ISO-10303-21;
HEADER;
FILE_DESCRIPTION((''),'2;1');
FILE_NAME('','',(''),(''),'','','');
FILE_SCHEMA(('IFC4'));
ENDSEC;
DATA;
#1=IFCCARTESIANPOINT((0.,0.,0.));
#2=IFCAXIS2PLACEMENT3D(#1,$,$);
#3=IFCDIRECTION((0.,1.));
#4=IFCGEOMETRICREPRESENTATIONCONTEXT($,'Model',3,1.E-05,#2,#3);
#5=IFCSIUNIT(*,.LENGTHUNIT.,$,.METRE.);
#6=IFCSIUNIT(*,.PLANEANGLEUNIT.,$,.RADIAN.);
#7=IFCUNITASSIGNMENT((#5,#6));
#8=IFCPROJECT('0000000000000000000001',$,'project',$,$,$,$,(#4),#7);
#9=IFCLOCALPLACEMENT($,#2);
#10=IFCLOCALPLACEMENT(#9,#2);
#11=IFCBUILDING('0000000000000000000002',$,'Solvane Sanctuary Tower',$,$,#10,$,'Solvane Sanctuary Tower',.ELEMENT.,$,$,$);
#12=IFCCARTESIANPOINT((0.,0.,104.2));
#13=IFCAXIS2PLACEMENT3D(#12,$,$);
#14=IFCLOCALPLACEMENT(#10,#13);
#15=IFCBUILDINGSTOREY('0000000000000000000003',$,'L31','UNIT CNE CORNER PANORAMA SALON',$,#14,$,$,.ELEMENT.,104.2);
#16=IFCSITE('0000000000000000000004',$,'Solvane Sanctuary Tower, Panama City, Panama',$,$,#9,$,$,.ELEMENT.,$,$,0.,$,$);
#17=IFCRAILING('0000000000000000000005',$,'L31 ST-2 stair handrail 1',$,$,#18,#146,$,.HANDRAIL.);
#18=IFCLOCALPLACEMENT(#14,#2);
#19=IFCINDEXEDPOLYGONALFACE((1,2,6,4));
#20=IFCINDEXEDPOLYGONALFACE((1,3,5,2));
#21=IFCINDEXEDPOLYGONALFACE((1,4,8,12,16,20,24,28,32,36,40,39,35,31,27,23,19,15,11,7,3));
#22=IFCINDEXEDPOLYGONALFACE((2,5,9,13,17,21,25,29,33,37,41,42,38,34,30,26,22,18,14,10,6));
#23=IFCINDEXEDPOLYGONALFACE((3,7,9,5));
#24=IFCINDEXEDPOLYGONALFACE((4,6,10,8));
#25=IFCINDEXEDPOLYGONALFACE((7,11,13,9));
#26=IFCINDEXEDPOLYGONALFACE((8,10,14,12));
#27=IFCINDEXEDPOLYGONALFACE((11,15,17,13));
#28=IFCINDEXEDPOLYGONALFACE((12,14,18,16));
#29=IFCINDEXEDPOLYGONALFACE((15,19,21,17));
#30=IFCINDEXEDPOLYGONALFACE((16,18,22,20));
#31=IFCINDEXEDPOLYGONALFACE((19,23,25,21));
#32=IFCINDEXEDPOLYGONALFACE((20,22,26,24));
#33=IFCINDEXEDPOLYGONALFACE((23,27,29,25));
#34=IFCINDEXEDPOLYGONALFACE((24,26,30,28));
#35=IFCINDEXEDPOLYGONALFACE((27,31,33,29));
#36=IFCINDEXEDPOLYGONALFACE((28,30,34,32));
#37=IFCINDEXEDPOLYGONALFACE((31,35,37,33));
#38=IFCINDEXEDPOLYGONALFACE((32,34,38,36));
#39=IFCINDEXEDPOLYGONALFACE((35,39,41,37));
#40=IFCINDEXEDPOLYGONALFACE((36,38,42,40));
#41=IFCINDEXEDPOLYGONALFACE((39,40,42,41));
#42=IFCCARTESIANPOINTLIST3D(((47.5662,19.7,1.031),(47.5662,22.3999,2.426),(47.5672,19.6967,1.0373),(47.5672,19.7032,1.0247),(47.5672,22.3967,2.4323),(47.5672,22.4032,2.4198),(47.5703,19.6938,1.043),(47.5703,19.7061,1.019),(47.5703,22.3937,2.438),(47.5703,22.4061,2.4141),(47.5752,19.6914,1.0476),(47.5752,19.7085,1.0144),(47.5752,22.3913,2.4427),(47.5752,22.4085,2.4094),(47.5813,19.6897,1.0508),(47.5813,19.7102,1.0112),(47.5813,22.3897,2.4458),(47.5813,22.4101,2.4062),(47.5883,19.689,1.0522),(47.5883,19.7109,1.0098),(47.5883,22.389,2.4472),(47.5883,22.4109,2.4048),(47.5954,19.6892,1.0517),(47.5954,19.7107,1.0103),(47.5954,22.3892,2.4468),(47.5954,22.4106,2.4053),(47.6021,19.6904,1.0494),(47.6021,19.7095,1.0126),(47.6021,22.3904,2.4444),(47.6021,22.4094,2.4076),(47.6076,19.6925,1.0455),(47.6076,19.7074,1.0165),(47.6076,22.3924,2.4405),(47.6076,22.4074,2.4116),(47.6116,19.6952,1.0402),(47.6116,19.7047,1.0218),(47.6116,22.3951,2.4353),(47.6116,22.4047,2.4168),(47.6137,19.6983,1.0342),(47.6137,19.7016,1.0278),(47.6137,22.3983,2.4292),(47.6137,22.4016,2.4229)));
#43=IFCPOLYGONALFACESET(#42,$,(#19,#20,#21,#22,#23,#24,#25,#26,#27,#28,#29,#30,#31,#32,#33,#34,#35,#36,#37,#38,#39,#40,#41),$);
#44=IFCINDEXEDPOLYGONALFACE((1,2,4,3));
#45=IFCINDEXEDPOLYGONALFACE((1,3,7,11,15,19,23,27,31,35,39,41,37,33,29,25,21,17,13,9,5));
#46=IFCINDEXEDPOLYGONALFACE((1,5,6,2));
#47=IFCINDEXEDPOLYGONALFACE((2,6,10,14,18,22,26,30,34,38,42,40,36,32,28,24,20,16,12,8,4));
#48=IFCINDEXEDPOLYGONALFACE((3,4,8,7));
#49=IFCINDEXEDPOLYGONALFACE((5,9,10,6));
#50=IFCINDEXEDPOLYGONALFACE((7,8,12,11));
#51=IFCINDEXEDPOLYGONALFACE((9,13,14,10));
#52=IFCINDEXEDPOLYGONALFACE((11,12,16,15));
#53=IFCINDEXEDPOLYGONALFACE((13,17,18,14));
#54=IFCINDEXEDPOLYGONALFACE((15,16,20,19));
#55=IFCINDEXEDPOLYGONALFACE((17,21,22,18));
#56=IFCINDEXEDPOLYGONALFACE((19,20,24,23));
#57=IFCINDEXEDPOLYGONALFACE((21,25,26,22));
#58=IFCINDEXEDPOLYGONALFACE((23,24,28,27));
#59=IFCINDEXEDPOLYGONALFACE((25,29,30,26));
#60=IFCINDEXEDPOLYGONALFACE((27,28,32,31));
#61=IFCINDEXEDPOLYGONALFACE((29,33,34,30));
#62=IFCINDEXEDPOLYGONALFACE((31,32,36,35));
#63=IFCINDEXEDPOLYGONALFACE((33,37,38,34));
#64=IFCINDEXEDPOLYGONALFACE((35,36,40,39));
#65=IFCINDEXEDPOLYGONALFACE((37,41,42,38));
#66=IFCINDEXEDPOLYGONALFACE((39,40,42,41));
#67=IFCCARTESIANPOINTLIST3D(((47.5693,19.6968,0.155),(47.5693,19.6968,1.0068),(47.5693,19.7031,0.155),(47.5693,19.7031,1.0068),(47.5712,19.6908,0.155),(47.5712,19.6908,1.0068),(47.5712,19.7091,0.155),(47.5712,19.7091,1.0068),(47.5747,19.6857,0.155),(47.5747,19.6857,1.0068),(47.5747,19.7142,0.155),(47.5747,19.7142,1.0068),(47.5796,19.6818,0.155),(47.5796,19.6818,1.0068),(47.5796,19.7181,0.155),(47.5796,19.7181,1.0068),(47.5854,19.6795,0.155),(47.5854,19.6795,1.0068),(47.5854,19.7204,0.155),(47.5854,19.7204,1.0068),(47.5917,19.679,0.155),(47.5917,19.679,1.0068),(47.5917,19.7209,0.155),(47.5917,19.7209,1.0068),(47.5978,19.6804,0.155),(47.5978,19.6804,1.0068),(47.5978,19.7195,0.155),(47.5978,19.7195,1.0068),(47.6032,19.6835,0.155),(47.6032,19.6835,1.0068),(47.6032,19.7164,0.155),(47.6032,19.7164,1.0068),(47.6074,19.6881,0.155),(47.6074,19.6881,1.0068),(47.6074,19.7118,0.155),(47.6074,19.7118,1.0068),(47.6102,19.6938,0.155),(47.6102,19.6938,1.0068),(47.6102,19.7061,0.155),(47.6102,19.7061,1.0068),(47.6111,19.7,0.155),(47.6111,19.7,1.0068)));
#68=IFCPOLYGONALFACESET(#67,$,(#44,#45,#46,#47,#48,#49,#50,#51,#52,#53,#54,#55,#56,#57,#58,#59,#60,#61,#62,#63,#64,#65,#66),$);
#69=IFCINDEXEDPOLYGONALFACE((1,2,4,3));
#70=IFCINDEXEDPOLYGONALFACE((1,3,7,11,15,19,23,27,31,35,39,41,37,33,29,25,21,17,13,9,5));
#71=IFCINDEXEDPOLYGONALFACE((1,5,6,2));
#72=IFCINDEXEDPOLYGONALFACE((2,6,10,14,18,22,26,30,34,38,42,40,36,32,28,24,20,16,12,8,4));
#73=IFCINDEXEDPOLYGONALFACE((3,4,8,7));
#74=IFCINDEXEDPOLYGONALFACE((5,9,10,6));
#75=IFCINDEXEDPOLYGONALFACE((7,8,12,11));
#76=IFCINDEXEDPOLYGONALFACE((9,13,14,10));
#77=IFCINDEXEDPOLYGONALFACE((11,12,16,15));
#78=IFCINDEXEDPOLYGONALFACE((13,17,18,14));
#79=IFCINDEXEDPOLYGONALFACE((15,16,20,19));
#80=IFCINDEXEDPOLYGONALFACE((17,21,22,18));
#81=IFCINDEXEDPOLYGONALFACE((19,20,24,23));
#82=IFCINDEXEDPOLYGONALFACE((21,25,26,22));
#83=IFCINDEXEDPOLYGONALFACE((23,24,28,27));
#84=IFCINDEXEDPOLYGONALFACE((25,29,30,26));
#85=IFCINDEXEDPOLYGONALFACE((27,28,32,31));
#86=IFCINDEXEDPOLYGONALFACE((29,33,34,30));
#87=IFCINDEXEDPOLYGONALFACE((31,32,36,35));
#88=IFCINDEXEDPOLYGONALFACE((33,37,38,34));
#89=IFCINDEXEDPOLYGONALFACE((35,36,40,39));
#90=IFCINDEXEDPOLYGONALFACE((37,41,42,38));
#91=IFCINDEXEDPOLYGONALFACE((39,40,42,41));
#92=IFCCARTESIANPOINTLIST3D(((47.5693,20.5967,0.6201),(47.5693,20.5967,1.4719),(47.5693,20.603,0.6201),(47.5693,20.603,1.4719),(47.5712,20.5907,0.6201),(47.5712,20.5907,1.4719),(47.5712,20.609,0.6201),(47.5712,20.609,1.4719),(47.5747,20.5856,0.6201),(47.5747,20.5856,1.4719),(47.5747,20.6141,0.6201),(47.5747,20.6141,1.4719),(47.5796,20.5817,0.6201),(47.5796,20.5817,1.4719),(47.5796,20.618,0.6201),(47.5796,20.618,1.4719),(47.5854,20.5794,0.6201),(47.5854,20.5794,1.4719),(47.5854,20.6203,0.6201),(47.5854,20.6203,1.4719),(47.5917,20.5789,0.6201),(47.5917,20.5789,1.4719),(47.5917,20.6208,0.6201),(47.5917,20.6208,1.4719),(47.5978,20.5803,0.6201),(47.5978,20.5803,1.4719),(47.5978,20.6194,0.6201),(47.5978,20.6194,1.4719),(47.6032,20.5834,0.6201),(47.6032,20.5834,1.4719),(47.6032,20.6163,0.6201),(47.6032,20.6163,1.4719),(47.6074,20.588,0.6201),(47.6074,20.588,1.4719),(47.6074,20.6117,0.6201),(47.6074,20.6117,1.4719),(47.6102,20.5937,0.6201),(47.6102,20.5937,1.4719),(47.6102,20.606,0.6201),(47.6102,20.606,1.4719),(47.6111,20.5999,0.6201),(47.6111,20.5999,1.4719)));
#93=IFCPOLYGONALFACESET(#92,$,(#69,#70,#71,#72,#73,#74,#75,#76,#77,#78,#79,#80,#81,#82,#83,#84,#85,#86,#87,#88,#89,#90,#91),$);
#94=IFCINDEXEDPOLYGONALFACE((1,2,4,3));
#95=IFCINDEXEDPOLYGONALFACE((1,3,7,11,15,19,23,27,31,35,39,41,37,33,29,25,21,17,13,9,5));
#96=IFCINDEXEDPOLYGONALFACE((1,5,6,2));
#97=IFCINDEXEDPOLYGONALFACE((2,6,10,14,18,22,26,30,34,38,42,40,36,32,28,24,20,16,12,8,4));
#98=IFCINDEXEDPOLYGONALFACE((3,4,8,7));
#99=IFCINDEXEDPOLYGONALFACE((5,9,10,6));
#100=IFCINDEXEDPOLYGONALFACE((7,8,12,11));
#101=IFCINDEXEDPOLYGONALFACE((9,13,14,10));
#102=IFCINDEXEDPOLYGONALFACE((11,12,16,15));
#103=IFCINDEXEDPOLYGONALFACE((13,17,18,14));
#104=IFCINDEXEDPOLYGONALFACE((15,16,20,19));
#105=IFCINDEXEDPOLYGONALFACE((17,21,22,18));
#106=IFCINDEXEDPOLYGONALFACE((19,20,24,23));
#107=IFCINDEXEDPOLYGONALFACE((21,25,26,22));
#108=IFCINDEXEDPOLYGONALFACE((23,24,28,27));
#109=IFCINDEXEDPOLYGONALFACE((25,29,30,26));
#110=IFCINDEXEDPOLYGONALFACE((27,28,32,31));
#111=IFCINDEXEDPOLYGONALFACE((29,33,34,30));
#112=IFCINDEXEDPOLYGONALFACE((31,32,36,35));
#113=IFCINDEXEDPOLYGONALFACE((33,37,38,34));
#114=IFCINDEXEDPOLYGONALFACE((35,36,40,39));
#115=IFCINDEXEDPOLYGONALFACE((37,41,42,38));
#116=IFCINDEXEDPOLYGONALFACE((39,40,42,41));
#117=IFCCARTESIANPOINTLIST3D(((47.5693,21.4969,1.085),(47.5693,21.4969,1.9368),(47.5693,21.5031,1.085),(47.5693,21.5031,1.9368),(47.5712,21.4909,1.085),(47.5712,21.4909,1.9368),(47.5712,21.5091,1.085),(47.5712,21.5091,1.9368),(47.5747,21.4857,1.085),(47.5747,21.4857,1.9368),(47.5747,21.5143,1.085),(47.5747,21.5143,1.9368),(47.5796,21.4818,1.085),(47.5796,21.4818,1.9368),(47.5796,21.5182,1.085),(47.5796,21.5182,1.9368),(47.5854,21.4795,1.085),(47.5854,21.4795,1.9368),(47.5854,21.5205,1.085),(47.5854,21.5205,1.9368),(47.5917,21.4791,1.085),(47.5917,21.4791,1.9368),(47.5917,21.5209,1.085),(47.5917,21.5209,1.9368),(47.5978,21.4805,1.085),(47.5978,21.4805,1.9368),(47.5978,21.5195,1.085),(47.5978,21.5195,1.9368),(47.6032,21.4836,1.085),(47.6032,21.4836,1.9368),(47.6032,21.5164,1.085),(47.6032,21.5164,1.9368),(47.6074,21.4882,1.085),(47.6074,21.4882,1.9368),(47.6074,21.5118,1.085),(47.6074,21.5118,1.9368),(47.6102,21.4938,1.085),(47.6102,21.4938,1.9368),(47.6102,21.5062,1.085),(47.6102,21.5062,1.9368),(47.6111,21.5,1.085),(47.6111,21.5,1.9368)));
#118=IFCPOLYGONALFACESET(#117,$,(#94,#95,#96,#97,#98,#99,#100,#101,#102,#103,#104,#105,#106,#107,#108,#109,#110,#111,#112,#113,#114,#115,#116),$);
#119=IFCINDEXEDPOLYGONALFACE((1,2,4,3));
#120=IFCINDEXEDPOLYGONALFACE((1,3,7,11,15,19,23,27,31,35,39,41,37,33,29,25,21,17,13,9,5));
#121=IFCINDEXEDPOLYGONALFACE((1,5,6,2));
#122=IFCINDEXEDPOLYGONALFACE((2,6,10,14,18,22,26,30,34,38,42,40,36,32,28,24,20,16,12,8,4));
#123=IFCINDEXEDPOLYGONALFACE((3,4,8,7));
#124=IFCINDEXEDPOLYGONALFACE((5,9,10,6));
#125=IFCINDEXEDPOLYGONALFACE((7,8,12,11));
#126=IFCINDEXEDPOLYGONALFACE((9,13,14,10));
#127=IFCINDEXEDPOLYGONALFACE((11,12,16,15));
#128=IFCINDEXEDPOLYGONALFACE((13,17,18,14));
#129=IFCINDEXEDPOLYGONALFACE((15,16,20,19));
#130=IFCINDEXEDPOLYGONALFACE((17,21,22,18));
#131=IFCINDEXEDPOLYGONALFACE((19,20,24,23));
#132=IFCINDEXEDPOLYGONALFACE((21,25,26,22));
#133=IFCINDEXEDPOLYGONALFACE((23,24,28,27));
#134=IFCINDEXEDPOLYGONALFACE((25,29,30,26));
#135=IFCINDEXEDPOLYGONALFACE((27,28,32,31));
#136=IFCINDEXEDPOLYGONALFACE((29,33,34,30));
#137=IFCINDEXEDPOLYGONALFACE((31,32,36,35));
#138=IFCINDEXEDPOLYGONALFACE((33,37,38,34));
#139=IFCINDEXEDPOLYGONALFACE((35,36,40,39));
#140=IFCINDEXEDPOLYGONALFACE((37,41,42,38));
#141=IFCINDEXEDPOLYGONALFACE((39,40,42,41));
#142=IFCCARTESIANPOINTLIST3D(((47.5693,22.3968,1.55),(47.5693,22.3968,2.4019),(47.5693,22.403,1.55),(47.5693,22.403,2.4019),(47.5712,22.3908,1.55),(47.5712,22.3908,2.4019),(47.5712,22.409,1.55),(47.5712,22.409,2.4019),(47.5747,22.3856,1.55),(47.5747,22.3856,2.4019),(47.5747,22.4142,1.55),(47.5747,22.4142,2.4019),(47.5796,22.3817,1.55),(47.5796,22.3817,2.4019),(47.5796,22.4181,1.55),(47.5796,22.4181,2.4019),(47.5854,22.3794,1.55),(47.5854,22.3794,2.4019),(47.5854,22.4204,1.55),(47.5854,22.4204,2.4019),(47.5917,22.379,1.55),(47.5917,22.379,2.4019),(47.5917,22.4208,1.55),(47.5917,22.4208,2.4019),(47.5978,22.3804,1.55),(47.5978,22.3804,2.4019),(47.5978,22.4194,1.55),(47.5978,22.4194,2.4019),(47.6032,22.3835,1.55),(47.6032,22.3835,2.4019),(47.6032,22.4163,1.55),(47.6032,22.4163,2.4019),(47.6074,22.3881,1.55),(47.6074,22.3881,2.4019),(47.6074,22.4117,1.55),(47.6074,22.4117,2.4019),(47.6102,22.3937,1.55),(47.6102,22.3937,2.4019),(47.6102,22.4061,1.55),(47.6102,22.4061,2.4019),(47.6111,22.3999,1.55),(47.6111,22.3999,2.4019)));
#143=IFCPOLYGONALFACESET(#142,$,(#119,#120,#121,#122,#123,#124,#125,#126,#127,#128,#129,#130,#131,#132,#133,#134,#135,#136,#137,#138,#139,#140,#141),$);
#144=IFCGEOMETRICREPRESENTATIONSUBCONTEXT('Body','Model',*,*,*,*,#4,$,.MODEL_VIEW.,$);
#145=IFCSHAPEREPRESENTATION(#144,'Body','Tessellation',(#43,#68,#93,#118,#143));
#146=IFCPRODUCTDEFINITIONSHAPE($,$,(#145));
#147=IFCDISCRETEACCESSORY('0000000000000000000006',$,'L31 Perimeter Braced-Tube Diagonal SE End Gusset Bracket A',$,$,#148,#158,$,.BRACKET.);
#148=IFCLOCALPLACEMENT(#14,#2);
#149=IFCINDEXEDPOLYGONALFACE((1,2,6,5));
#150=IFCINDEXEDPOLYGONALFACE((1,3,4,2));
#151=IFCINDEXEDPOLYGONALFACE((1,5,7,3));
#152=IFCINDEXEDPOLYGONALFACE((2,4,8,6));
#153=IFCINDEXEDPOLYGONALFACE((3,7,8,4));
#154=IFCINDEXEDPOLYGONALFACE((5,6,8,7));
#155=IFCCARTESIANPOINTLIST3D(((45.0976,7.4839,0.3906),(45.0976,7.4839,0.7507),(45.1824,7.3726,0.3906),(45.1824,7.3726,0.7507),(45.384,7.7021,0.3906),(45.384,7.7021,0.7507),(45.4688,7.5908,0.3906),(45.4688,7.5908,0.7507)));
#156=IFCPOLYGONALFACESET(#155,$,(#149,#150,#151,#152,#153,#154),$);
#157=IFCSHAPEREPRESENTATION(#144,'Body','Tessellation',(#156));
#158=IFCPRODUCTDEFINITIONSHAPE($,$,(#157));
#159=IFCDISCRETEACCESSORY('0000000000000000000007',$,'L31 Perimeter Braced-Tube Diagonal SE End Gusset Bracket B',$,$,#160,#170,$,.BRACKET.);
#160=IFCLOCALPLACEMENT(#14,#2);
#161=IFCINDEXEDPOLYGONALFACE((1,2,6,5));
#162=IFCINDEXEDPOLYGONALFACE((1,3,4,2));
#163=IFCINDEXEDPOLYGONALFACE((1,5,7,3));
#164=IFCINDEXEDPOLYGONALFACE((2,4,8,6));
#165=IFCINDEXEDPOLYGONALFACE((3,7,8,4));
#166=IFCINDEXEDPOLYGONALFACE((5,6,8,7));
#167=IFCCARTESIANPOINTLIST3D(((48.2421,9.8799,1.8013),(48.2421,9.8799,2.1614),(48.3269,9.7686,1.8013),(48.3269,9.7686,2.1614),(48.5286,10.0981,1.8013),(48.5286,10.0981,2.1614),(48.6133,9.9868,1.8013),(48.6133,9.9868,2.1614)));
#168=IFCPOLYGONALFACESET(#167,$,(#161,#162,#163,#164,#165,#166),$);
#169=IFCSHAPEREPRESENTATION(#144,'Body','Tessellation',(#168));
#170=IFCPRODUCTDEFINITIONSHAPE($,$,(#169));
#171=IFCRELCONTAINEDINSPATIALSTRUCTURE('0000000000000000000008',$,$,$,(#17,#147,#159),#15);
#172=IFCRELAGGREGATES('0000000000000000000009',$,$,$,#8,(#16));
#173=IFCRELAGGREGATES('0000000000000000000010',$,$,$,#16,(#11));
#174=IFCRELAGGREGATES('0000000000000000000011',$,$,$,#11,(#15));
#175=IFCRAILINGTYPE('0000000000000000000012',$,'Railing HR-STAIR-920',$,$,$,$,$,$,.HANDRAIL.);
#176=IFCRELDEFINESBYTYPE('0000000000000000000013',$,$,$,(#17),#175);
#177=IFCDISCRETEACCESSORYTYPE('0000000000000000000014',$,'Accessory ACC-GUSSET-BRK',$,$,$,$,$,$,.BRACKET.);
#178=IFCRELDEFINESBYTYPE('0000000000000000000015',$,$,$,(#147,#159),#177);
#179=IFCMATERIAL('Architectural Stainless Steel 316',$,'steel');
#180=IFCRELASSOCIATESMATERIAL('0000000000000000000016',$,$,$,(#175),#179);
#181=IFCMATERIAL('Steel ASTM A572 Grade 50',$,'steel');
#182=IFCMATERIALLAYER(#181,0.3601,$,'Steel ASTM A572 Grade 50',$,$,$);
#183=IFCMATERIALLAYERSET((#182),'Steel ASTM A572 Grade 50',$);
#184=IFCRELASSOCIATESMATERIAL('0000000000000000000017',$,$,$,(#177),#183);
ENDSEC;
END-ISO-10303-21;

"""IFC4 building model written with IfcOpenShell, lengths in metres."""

from ifc_helpers import new_model, si_unit, direction, frame, origin, origin_2d, place, context, subcontext, project, spatial, rectangle, circle, extrude, material, layer, layer_set, type_object, element, save


model = new_model("IFC4")

# Units and contexts
model_context = context("Model", 3, precision=1e-05, world=origin(), true_north=direction((0.0, 1.0)))
body_context = subcontext(model_context, "Body", "Model", "MODEL_VIEW")
ifc_project = project(units=[si_unit("LENGTHUNIT", "METRE"), si_unit("PLANEANGLEUNIT", "RADIAN")], contexts=[model_context])

# Site, building, storey
site_placement = place(None, origin())
site = spatial("IfcSite", under=ifc_project, at=site_placement, Name="Solvane Sanctuary Tower, Panama City, Panama", CompositionType="ELEMENT", RefElevation=0.0)
building_placement = place(site_placement, origin())
building = spatial("IfcBuilding", under=site, at=building_placement, Name="Solvane Sanctuary Tower", LongName="Solvane Sanctuary Tower", CompositionType="ELEMENT")
storey_placement = place(building_placement, frame((0.0, 0.0, 104.2)))
storey = spatial("IfcBuildingStorey", under=building, at=storey_placement, Name="L31", Description="UNIT CNE CORNER PANORAMA SALON", CompositionType="ELEMENT", Elevation=104.2)

# Railing
ifc_material_1 = material(Name="Architectural Stainless Steel 316", Category="steel")
railing_type_1 = type_object("IfcRailingType", Name="Railing HR-STAIR-920", PredefinedType="HANDRAIL", material=ifc_material_1)
railing_1_placement = place(storey_placement, frame((47.5901, 19.7, 0.155)))
element("IfcRailing", 1, at=railing_1_placement, inside=storey, type_object=railing_type_1, Name="L31 ST-2 stair handrail 1", PredefinedType="HANDRAIL", context=body_context, shape_type="SweptSolid", body=[
    extrude(circle(Radius=0.0239, at=origin_2d()), frame((0.0, 0.0, 0.876), z_axis=(0.0, 0.88842, 0.459032), x_axis=(-1.0, 0.0, 0.0)), (0.0, 0.0, 1.0), 3.0391),
    extrude(circle(Radius=0.021, at=origin_2d()), origin(), (0.0, 0.0, 1.0), 0.8518),
    extrude(circle(Radius=0.021, at=origin_2d()), frame((0.0, 0.8999, 0.4651)), (0.0, 0.0, 1.0), 0.8518),
    extrude(circle(Radius=0.021, at=origin_2d()), frame((0.0, 1.8, 0.9299)), (0.0, 0.0, 1.0), 0.8518),
    extrude(circle(Radius=0.021, at=origin_2d()), frame((0.0, 2.7, 1.395)), (0.0, 0.0, 1.0), 0.8518),
])

# Discrete accessories
ifc_material_2 = material(Name="Steel ASTM A572 Grade 50", Category="steel")
ifc_layer_1 = layer(ifc_material_2, 0.3601, Name="Steel ASTM A572 Grade 50")
ifc_layer_set_1 = layer_set([ifc_layer_1], Name="Steel ASTM A572 Grade 50")
discrete_accessory_type = type_object("IfcDiscreteAccessoryType", Name="Accessory ACC-GUSSET-BRK", PredefinedType="BRACKET", material=ifc_layer_set_1)
for number, where, z_axis, x_axis, name in (
    (2, (45.2832, 7.5374, 0.3906), (0.0, 0.0, 1.0), (0.795473, 0.605988, 0.0), "L31 Perimeter Braced-Tube Diagonal SE End Gusset Bracket A"),
    (3, (48.4277, 9.9333, 1.8013), (0.0, 0.0, 1.0), (0.795473, 0.605988, 0.0), "L31 Perimeter Braced-Tube Diagonal SE End Gusset Bracket B"),
):
    element("IfcDiscreteAccessory", number, at=place(storey_placement, frame(where, z_axis=z_axis, x_axis=x_axis)), inside=storey, type_object=discrete_accessory_type, Name=name, PredefinedType="BRACKET", context=body_context, shape_type="SweptSolid", body=[
        extrude(rectangle(XDim=0.3601, YDim=0.1399, at=origin_2d()), origin(), (0.0, 0.0, 1.0), 0.3601),
    ])

save(model, "model.ifc")
